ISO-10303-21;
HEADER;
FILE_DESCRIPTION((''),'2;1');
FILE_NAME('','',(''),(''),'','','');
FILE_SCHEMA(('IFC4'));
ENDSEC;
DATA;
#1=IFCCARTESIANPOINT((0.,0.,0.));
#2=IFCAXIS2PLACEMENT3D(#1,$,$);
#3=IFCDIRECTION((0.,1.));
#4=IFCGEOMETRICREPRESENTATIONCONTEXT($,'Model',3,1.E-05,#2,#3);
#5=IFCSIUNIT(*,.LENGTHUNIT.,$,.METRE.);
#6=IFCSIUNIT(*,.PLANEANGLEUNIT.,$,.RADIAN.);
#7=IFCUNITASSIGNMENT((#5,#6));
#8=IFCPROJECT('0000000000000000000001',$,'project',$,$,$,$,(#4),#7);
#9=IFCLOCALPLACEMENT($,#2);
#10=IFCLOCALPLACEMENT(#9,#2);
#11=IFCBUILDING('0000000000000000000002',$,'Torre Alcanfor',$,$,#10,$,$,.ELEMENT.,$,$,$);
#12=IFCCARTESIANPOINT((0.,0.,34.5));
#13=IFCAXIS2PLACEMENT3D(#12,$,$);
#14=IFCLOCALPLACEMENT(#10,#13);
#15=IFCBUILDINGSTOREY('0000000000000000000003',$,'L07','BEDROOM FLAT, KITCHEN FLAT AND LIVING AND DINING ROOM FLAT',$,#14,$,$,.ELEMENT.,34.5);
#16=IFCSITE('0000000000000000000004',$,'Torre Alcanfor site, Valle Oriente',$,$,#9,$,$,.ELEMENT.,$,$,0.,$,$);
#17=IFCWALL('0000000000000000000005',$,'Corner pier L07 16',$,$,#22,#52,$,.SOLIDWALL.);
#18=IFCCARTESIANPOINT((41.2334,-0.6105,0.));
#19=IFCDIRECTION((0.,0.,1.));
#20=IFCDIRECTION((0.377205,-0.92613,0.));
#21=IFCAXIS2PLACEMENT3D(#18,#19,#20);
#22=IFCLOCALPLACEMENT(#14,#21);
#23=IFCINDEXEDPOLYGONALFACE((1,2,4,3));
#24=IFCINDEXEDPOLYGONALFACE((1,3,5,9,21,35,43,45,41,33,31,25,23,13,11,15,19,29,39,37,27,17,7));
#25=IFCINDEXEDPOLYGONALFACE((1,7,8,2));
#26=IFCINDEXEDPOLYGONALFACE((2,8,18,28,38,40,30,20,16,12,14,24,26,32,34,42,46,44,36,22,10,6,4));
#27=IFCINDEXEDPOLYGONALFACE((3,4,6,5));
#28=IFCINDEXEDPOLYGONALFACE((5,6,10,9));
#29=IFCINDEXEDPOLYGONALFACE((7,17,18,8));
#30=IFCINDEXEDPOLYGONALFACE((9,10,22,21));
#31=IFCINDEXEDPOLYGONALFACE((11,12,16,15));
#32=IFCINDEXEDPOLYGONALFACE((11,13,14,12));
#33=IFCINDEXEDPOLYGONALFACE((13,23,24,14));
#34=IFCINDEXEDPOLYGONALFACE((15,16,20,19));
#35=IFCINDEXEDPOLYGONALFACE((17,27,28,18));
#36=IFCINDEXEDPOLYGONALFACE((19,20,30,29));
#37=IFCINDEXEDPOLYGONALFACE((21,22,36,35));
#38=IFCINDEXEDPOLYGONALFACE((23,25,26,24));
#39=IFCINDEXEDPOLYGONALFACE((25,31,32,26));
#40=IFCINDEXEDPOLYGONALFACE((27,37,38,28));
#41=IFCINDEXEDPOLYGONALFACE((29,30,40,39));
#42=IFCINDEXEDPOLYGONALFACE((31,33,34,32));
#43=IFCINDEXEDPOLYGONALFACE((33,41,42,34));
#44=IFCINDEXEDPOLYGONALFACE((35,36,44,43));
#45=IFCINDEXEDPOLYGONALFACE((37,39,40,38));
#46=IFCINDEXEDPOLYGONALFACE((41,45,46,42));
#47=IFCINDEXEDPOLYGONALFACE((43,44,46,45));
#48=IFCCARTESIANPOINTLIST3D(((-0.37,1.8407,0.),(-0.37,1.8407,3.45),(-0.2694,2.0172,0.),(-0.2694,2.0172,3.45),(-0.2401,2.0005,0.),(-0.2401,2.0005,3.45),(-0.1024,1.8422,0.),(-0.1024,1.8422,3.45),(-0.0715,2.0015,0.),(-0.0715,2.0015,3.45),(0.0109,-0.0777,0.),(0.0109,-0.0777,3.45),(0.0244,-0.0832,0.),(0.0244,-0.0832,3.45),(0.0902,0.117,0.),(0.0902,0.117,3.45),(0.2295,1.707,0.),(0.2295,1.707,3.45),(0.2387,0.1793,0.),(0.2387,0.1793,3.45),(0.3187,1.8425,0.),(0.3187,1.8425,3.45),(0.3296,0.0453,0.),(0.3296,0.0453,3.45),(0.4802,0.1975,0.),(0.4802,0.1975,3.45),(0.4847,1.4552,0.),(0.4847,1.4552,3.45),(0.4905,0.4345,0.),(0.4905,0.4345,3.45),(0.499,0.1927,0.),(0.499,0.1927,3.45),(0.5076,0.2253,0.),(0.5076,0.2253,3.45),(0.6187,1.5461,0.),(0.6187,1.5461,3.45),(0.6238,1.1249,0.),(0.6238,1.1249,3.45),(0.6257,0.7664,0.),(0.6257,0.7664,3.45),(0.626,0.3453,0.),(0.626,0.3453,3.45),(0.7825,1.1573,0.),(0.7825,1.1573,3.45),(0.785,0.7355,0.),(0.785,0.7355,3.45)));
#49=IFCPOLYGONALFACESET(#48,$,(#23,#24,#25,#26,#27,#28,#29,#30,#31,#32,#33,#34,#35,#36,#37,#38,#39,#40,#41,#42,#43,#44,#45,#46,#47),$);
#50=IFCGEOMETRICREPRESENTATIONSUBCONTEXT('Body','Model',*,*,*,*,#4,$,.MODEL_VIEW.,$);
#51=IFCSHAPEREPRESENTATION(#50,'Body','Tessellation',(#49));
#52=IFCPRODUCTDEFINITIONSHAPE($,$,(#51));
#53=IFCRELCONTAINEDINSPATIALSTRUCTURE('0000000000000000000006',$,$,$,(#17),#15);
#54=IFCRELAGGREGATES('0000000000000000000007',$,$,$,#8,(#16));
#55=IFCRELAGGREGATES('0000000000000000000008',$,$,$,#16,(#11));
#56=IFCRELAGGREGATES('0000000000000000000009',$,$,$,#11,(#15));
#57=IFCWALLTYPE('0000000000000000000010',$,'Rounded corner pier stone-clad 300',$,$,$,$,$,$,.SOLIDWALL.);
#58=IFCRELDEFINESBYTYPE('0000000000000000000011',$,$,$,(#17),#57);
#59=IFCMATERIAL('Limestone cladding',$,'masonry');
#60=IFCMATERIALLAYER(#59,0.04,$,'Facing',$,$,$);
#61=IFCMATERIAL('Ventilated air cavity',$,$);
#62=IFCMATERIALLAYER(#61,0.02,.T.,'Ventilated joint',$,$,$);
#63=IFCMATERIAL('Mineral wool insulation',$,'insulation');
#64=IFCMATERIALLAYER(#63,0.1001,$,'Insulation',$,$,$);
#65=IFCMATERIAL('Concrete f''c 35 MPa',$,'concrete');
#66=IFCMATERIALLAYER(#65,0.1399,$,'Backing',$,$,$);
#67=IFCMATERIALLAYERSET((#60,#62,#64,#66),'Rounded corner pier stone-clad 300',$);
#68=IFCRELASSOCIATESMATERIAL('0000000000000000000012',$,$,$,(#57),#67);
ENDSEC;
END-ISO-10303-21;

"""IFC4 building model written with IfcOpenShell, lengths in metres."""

from ifc_helpers import new_model, si_unit, direction, frame, origin, place, context, subcontext, project, spatial, polyline, outline, extrude, material, layer, layer_set, type_object, element, save


model = new_model("IFC4")

# Units and contexts
model_context = context("Model", 3, precision=1e-05, world=origin(), true_north=direction((0.0, 1.0)))
body_context = subcontext(model_context, "Body", "Model", "MODEL_VIEW")
ifc_project = project(units=[si_unit("LENGTHUNIT", "METRE"), si_unit("PLANEANGLEUNIT", "RADIAN")], contexts=[model_context])

# Site, building, storey
site_placement = place(None, origin())
site = spatial("IfcSite", under=ifc_project, at=site_placement, Name="Torre Alcanfor site, Valle Oriente", CompositionType="ELEMENT", RefElevation=0.0)
building_placement = place(site_placement, origin())
building = spatial("IfcBuilding", under=site, at=building_placement, Name="Torre Alcanfor", CompositionType="ELEMENT")
storey_placement = place(building_placement, frame((0.0, 0.0, 34.5)))
storey = spatial("IfcBuildingStorey", under=building, at=storey_placement, Name="L07", Description="BEDROOM FLAT, KITCHEN FLAT AND LIVING AND DINING ROOM FLAT", CompositionType="ELEMENT", Elevation=34.5)

# Wall
ifc_material_1 = material(Name="Limestone cladding", Category="masonry")
ifc_layer_1 = layer(ifc_material_1, 0.04, Name="Facing")
ifc_material_2 = material(Name="Ventilated air cavity")
ifc_layer_2 = layer(ifc_material_2, 0.02, ventilated=True, Name="Ventilated joint")
ifc_material_3 = material(Name="Mineral wool insulation", Category="insulation")
ifc_layer_3 = layer(ifc_material_3, 0.1001, Name="Insulation")
ifc_material_4 = material(Name="Concrete f'c 35 MPa", Category="concrete")
ifc_layer_4 = layer(ifc_material_4, 0.1399, Name="Backing")
ifc_layer_set_1 = layer_set([ifc_layer_1, ifc_layer_2, ifc_layer_3, ifc_layer_4], Name="Rounded corner pier stone-clad 300")
wall_type_1 = type_object("IfcWallType", Name="Rounded corner pier stone-clad 300", PredefinedType="SOLIDWALL", material=ifc_layer_set_1)
wall_1_placement = place(storey_placement, frame((41.2334, -0.6105, 0.0), z_axis=(0.0, 0.0, 1.0), x_axis=(0.377205, -0.92613, 0.0)))
element("IfcWall", 1, at=wall_1_placement, inside=storey, type_object=wall_type_1, Name="Corner pier L07 16", PredefinedType="SOLIDWALL", context=body_context, shape_type="SweptSolid", body=[
    extrude(outline(polyline([(0.3187, 1.8425), (-0.0715, 2.0015), (-0.2401, 2.0005), (-0.2694, 2.0172), (-0.37, 1.8407), (-0.1024, 1.8422), (0.2295, 1.707), (0.4847, 1.4552), (0.6238, 1.1249), (0.6257, 0.7664), (0.4905, 0.4345), (0.2387, 0.1793), (0.0902, 0.117), (0.0109, -0.0777), (0.0244, -0.0832), (0.3296, 0.0453), (0.4802, 0.1975), (0.499, 0.1927), (0.5076, 0.2253), (0.626, 0.3453), (0.785, 0.7355), (0.7825, 1.1573), (0.6187, 1.5461), (0.3187, 1.8425)])), origin(), (0.0, 0.0, 1.0), 3.45),
])

save(model, "model.ifc")
